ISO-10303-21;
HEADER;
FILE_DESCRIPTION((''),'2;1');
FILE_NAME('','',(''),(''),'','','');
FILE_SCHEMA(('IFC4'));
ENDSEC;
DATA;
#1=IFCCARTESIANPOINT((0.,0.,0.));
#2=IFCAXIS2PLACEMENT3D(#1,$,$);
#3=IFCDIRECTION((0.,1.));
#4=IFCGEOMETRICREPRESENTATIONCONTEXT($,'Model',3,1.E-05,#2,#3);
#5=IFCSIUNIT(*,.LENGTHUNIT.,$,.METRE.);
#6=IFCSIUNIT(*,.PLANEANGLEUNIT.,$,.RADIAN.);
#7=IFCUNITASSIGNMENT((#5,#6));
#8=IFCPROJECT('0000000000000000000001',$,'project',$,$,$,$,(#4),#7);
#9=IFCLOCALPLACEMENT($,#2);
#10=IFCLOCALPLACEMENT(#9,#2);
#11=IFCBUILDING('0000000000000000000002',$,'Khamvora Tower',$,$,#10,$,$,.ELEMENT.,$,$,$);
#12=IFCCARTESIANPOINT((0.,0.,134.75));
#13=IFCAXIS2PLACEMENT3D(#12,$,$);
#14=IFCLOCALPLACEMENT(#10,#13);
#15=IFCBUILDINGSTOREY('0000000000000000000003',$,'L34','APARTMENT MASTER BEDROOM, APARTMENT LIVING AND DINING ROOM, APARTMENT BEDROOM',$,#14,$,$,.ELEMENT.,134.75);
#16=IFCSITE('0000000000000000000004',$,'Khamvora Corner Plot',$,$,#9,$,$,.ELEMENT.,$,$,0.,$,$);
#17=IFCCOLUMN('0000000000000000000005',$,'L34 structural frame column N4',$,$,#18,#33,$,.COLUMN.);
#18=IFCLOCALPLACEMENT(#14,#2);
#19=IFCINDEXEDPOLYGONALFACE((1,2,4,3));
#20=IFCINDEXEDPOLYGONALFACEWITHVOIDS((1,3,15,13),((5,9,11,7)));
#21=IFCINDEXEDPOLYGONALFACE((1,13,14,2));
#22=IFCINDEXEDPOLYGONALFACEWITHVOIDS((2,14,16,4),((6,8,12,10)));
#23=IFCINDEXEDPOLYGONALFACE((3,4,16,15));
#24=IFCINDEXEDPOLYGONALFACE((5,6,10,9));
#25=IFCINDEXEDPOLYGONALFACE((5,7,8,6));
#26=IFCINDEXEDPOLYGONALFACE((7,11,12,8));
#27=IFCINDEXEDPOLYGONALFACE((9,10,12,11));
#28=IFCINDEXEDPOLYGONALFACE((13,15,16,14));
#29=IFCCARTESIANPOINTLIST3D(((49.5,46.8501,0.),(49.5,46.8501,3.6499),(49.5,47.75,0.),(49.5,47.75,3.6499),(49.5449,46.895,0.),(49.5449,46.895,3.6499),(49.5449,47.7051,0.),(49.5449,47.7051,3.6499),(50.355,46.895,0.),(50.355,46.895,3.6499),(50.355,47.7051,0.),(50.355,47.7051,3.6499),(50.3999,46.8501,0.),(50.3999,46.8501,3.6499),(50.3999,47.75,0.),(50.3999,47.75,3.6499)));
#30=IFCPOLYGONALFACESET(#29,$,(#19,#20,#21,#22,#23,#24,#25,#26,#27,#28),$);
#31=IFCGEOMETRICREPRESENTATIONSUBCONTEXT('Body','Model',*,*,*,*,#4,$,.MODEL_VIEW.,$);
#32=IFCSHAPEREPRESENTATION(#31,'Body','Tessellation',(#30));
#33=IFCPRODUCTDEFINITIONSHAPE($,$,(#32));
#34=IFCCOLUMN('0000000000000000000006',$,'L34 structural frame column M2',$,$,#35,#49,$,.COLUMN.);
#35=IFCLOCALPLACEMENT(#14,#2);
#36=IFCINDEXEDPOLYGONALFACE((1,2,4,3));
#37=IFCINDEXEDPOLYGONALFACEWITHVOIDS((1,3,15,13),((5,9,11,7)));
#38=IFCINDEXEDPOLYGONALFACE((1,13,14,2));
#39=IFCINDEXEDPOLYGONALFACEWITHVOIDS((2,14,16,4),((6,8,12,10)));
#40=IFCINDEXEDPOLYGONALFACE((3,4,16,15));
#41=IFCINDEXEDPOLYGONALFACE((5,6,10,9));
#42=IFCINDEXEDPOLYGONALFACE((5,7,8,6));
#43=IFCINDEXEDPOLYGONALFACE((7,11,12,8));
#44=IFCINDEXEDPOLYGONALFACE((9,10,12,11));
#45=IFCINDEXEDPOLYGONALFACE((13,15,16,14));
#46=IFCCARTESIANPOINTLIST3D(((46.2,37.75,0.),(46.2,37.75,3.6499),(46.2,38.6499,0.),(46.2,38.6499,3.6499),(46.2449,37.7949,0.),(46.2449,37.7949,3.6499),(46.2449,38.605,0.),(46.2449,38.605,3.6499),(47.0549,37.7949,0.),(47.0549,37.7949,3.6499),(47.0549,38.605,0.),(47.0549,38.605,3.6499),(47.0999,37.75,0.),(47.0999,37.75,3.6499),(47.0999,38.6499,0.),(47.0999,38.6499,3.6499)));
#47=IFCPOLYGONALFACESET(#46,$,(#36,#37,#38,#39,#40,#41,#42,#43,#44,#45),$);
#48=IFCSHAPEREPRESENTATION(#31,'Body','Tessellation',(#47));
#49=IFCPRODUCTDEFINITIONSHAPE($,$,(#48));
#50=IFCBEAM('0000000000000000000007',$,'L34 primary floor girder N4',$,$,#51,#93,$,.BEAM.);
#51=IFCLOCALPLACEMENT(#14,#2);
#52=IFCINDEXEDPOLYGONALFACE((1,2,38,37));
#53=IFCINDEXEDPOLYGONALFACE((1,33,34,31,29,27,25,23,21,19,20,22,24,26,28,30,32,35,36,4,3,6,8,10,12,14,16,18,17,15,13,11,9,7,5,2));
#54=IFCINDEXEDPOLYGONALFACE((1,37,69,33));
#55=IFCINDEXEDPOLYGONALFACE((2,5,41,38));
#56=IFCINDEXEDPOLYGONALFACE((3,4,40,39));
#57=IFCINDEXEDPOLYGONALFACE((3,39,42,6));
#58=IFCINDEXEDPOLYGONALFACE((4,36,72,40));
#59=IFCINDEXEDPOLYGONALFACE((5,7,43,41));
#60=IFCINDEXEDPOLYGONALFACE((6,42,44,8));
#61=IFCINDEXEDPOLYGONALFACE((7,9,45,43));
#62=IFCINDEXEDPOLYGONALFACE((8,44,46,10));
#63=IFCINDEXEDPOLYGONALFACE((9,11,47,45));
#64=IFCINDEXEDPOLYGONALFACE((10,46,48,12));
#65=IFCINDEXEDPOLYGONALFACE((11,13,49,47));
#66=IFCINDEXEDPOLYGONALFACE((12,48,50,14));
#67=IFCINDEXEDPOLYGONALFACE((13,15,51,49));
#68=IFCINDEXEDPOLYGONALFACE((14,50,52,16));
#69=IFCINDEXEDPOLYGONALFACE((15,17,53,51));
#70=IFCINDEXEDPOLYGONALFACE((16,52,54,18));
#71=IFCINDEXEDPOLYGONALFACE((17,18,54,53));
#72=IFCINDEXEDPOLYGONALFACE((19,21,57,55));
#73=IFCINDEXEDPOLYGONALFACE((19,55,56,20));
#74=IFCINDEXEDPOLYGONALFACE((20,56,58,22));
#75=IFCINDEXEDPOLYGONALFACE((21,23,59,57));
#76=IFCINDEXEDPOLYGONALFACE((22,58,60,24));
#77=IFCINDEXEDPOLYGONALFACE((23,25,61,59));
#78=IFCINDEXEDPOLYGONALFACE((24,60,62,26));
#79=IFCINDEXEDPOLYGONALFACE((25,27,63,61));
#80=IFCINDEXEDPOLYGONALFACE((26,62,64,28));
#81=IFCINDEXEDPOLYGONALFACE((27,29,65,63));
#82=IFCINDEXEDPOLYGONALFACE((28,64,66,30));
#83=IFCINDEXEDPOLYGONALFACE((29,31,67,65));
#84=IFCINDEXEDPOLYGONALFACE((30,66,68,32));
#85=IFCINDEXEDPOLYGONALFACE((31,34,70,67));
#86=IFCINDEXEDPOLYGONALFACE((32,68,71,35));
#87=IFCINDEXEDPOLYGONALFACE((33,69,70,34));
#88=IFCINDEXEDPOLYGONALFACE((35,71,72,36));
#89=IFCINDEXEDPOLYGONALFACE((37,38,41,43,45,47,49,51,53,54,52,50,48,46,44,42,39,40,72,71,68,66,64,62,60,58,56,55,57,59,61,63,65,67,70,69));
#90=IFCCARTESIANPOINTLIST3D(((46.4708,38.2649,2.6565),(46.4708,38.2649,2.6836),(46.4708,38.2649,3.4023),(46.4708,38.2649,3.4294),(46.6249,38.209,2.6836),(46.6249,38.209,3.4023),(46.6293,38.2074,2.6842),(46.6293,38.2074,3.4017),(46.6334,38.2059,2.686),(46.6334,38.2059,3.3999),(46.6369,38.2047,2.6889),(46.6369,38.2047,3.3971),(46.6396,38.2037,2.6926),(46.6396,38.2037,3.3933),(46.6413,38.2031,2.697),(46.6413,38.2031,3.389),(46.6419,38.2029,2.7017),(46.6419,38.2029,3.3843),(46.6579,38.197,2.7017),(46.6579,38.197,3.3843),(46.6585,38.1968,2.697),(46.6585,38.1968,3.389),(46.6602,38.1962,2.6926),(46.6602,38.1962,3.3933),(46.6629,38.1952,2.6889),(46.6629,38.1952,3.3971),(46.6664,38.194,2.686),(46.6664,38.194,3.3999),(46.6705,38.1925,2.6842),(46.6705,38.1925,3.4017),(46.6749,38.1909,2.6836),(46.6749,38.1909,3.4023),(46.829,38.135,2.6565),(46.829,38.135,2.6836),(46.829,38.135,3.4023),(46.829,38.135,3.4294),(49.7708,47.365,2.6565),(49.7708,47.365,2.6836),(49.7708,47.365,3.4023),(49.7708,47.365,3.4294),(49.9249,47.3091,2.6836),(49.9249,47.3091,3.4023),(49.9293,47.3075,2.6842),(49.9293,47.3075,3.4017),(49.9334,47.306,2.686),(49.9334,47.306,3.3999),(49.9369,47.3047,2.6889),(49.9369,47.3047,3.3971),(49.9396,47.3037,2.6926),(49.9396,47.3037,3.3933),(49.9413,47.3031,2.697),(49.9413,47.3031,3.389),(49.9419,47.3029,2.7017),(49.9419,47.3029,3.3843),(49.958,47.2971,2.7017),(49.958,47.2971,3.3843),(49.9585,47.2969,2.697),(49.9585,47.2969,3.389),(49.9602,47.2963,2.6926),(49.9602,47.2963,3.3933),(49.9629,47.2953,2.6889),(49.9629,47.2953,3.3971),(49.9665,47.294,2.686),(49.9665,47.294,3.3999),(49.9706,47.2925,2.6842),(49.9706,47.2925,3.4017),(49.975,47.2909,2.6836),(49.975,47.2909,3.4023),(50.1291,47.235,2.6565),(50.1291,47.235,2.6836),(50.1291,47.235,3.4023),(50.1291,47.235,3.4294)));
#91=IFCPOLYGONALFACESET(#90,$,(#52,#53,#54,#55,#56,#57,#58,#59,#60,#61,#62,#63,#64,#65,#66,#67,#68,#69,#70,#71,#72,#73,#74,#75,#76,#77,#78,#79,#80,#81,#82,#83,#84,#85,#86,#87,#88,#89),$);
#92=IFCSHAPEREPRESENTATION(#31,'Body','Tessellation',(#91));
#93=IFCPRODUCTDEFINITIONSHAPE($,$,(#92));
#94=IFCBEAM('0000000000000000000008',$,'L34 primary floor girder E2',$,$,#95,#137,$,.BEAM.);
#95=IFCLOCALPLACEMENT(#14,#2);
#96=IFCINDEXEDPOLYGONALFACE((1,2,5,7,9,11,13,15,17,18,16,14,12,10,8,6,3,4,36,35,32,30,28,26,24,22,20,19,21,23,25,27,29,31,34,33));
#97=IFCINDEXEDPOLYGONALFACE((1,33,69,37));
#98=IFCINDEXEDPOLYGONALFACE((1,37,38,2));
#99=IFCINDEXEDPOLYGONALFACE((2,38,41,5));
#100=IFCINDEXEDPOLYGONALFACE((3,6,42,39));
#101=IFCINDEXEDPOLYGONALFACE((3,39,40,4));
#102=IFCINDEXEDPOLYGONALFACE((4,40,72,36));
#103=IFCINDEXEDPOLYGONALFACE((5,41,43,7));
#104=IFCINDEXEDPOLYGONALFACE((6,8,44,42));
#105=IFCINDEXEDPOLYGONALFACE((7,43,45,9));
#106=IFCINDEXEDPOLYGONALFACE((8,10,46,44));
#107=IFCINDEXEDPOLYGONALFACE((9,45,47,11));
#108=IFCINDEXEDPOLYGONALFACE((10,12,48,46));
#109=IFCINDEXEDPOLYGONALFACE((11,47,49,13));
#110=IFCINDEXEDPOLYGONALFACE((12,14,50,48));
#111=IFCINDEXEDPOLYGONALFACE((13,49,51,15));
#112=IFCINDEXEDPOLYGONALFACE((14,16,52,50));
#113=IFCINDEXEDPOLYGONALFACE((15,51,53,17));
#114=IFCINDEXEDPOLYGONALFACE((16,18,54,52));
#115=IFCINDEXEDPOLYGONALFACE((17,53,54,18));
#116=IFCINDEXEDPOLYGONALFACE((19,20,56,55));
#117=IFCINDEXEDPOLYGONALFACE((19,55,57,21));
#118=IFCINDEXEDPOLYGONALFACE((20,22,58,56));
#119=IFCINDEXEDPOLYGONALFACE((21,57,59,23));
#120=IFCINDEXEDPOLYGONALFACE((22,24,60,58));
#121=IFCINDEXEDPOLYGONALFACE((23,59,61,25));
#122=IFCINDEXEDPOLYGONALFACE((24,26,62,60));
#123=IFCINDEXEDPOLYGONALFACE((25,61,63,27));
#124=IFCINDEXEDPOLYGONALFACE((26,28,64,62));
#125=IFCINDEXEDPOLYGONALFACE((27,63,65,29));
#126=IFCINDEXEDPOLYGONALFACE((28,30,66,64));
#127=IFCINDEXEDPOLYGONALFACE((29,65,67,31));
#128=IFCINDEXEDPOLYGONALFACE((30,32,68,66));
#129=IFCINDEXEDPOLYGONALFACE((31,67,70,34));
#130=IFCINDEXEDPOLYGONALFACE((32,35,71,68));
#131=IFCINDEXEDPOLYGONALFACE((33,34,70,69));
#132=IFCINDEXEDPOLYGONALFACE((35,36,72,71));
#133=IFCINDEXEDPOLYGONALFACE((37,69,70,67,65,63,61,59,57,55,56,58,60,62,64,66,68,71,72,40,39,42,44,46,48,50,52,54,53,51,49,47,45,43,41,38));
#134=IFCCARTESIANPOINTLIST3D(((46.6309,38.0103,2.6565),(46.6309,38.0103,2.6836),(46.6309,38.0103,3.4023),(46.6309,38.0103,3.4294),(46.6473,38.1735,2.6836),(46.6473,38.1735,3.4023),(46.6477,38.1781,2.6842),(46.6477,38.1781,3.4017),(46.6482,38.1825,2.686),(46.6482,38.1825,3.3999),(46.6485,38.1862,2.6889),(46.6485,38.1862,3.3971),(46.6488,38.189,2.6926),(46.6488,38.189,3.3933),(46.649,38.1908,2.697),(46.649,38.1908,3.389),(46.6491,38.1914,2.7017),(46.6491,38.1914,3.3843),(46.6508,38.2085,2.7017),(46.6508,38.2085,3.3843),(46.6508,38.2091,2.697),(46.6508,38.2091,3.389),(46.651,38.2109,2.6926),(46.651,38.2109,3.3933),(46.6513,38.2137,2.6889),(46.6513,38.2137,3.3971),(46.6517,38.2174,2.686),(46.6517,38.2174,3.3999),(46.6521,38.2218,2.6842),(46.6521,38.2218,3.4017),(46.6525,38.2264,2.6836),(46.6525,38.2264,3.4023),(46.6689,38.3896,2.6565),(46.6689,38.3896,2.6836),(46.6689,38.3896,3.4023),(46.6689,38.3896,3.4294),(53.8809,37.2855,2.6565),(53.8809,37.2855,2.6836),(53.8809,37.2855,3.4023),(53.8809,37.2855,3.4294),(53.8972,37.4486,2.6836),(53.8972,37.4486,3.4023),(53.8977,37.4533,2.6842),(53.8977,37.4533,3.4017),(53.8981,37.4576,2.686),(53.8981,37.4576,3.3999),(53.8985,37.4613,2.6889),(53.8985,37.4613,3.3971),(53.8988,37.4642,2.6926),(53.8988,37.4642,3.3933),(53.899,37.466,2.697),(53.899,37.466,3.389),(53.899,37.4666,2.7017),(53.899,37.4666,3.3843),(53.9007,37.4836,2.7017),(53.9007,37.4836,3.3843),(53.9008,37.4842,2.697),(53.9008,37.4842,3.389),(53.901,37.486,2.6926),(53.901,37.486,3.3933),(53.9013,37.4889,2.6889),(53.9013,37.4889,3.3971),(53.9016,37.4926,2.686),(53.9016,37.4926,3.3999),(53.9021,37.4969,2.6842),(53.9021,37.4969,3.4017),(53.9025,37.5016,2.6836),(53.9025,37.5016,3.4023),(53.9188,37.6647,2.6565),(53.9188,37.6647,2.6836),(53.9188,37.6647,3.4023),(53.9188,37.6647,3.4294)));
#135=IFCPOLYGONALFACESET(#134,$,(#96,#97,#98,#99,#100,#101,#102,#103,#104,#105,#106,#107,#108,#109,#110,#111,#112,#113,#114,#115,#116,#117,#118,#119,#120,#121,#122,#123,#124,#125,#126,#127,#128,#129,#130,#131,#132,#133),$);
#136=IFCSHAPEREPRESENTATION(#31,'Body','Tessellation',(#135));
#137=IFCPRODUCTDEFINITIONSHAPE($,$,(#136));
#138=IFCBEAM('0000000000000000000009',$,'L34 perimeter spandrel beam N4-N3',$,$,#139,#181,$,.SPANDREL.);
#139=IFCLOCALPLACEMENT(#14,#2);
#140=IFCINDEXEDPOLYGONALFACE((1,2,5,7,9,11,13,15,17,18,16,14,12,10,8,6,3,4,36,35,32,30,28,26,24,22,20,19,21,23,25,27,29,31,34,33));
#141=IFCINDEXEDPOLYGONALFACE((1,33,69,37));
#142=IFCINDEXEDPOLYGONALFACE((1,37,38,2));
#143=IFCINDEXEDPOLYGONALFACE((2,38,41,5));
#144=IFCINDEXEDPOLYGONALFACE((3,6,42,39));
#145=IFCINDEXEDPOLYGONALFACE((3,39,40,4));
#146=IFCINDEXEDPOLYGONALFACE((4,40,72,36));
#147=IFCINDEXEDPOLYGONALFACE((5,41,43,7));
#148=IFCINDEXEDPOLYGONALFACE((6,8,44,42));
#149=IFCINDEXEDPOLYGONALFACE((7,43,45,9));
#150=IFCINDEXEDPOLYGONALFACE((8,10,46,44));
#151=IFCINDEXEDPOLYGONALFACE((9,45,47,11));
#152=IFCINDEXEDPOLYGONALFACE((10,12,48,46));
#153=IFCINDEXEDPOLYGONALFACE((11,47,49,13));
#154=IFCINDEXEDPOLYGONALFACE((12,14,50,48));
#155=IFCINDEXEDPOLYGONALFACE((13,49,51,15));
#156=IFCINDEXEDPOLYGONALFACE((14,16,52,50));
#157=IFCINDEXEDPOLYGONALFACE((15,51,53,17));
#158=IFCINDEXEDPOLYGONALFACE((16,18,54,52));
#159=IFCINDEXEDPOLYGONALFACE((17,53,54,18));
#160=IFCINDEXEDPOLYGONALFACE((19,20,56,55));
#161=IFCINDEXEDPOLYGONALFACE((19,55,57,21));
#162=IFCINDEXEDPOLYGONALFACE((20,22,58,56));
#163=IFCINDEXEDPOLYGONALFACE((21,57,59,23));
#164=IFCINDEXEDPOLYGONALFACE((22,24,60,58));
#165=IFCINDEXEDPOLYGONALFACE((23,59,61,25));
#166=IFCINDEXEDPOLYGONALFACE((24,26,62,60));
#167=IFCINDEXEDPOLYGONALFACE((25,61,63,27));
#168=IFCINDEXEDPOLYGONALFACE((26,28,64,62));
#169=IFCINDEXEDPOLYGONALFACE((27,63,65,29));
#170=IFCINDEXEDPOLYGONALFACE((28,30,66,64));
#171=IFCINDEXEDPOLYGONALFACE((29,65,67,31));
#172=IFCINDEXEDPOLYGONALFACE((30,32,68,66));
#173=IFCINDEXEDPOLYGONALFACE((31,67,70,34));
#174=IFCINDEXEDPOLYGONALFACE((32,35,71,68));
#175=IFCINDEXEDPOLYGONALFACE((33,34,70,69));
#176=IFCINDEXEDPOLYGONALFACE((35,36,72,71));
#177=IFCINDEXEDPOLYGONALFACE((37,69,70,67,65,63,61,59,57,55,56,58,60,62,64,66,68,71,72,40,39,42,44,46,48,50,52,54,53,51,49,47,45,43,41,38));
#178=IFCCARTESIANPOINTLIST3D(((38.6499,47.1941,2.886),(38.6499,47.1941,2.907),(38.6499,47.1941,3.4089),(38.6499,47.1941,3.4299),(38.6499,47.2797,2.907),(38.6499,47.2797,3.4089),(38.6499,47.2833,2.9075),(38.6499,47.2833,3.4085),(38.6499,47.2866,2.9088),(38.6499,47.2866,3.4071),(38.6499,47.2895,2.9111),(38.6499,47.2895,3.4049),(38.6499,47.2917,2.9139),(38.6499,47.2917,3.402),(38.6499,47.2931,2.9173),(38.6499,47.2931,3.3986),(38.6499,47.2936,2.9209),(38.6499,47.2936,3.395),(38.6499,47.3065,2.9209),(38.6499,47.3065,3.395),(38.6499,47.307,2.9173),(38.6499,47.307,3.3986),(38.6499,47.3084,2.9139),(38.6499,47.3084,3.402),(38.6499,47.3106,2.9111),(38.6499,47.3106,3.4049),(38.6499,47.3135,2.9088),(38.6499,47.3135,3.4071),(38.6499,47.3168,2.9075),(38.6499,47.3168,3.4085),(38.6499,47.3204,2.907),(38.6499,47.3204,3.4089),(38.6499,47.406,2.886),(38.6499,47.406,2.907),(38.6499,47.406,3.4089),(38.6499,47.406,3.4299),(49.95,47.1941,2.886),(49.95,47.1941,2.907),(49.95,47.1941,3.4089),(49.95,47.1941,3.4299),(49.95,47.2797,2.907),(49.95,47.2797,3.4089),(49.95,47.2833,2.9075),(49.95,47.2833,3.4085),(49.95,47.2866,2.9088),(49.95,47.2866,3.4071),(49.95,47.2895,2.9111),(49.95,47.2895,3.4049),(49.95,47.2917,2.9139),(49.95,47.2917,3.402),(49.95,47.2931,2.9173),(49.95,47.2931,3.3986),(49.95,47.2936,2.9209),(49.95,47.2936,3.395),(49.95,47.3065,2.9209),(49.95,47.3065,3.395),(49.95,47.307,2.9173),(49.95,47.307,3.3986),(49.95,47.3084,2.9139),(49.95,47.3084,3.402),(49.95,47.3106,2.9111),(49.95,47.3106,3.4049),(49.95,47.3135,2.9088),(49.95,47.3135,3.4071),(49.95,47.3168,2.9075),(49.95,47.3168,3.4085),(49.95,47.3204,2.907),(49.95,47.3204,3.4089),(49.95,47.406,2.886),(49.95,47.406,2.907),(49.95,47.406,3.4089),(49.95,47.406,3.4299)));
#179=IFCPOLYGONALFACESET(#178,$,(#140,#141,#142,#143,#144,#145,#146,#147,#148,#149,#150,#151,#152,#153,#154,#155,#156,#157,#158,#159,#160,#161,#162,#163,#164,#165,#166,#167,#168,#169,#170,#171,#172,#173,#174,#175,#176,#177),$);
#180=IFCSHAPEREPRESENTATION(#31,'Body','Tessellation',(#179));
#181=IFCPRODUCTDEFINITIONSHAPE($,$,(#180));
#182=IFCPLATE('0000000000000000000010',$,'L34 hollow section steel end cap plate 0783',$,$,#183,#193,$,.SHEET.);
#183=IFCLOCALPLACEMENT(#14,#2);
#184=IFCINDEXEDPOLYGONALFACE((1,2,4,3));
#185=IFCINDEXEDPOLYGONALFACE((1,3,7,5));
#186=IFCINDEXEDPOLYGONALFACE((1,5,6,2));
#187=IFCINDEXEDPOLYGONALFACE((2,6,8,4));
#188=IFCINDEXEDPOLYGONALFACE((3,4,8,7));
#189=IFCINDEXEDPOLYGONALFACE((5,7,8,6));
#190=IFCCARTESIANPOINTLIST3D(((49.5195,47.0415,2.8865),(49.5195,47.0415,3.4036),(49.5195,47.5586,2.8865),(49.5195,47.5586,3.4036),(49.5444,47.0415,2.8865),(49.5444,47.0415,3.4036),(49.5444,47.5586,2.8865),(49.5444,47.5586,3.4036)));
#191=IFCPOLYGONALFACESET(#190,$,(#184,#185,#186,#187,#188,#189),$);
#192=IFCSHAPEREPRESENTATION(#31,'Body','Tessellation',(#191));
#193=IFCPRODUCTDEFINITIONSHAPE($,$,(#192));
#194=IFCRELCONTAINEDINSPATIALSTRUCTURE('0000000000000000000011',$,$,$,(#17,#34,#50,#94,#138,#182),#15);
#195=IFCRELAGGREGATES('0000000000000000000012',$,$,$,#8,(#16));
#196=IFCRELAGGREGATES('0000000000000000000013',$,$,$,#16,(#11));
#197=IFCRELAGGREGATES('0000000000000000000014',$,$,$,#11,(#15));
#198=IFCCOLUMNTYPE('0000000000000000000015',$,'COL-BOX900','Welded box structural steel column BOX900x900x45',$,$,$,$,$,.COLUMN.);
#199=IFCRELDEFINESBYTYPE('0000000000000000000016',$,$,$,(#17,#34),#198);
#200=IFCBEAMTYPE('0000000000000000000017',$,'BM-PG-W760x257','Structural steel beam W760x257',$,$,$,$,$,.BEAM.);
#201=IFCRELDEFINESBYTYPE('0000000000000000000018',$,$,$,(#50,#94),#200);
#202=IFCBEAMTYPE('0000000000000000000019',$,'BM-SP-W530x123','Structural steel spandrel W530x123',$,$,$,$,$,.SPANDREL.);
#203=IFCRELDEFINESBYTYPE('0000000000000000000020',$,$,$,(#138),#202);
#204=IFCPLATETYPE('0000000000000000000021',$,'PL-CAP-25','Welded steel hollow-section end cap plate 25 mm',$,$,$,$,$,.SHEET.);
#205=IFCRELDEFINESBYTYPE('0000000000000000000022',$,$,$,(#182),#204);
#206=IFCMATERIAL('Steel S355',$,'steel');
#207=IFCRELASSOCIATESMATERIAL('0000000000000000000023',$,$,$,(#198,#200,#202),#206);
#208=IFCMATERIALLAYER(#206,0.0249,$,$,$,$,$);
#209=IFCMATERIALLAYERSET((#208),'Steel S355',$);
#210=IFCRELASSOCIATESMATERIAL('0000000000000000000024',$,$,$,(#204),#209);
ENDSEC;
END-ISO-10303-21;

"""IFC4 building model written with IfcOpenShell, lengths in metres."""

from ifc_helpers import new_model, si_unit, direction, frame, origin, origin_2d, place, context, subcontext, project, spatial, rectangle, hollow_rectangle, i_section, extrude, material, layer, layer_set, material_profile, profile_set, type_object, element, save


model = new_model("IFC4")

# Units and contexts
model_context = context("Model", 3, precision=1e-05, world=origin(), true_north=direction((0.0, 1.0)))
body_context = subcontext(model_context, "Body", "Model", "MODEL_VIEW")
ifc_project = project(units=[si_unit("LENGTHUNIT", "METRE"), si_unit("PLANEANGLEUNIT", "RADIAN")], contexts=[model_context])

# Site, building, storey
site_placement = place(None, origin())
site = spatial("IfcSite", under=ifc_project, at=site_placement, Name="Khamvora Corner Plot", CompositionType="ELEMENT", RefElevation=0.0)
building_placement = place(site_placement, origin())
building = spatial("IfcBuilding", under=site, at=building_placement, Name="Khamvora Tower", CompositionType="ELEMENT")
storey_placement = place(building_placement, frame((0.0, 0.0, 134.75)))
storey = spatial("IfcBuildingStorey", under=building, at=storey_placement, Name="L34", Description="APARTMENT MASTER BEDROOM, APARTMENT LIVING AND DINING ROOM, APARTMENT BEDROOM", CompositionType="ELEMENT", Elevation=134.75)

# Columns
ifc_material_1 = material(Name="Steel S355", Category="steel")
ifc_material_profile_1 = material_profile(ifc_material_1, hollow_rectangle(XDim=0.8999, YDim=0.8999, WallThickness=0.0449, at=origin_2d()), Name="BOX900x900x45")
ifc_profile_set_1 = profile_set([ifc_material_profile_1], Name="Steel S355")
column_type = type_object("IfcColumnType", Name="COL-BOX900", Description="Welded box structural steel column BOX900x900x45", PredefinedType="COLUMN", material=ifc_profile_set_1)
for number, where, z_axis, x_axis, name in (
    (1, (49.95, 47.3, 0.0), (0.0, 0.0, 1.0), (1.0, 0.0, 0.0), "L34 structural frame column N4"),
    (2, (46.6499, 38.2, 0.0), (0.0, 0.0, 1.0), (1.0, 0.0, 0.0), "L34 structural frame column M2"),
):
    element("IfcColumn", number, at=place(storey_placement, frame(where, z_axis=z_axis, x_axis=x_axis)), inside=storey, type_object=column_type, Name=name, PredefinedType="COLUMN", context=body_context, shape_type="SweptSolid", body=[
        extrude(hollow_rectangle(XDim=0.8999, YDim=0.8999, WallThickness=0.0449, at=origin_2d()), origin(), (0.0, 0.0, 1.0), 3.6499),
    ])

# Beams
ifc_material_profile_2 = material_profile(ifc_material_1, i_section(OverallWidth=0.3811, OverallDepth=0.7729, WebThickness=0.0171, FlangeThickness=0.0271, FilletRadius=0.0181, at=origin_2d()), Name="W760x257")
ifc_profile_set_2 = profile_set([ifc_material_profile_2], Name="Steel S355")
beam_type_1 = type_object("IfcBeamType", Name="BM-PG-W760x257", Description="Structural steel beam W760x257", PredefinedType="BEAM", material=ifc_profile_set_2)
beam_1_placement = place(storey_placement, frame((46.6499, 38.2, 3.043), z_axis=(0.340915, 0.940094, 0.0), x_axis=(-0.940094, 0.340915, 0.0)))
element("IfcBeam", 3, at=beam_1_placement, inside=storey, type_object=beam_type_1, Name="L34 primary floor girder N4", PredefinedType="BEAM", context=body_context, shape_type="SweptSolid", body=[
    extrude(i_section(OverallWidth=0.3811, OverallDepth=0.7729, WebThickness=0.0171, FlangeThickness=0.0271, FilletRadius=0.0181, at=origin_2d()), origin(), (0.0, 0.0, 1.0), 9.6799),
])
beam_2_placement = place(storey_placement, frame((46.6499, 38.2, 3.043), z_axis=(0.995039, -0.099484, 0.0), x_axis=(0.099484, 0.995039, 0.0)))
element("IfcBeam", 4, at=beam_2_placement, inside=storey, type_object=beam_type_1, Name="L34 primary floor girder E2", PredefinedType="BEAM", context=body_context, shape_type="SweptSolid", body=[
    extrude(i_section(OverallWidth=0.3811, OverallDepth=0.7729, WebThickness=0.0171, FlangeThickness=0.0271, FilletRadius=0.0181, at=origin_2d()), origin(), (0.0, 0.0, 1.0), 7.2861),
])
ifc_material_profile_3 = material_profile(ifc_material_1, i_section(OverallWidth=0.2119, OverallDepth=0.5439, WebThickness=0.0129, FlangeThickness=0.021, FilletRadius=0.0139, at=origin_2d()), Name="W530x123")
ifc_profile_set_3 = profile_set([ifc_material_profile_3], Name="Steel S355")
beam_type_2 = type_object("IfcBeamType", Name="BM-SP-W530x123", Description="Structural steel spandrel W530x123", PredefinedType="SPANDREL", material=ifc_profile_set_3)
beam_3_placement = place(storey_placement, frame((49.95, 47.3, 3.158), z_axis=(-1.0, 0.0, 0.0), x_axis=(0.0, -1.0, 0.0)))
element("IfcBeam", 5, at=beam_3_placement, inside=storey, type_object=beam_type_2, Name="L34 perimeter spandrel beam N4-N3", PredefinedType="SPANDREL", context=body_context, shape_type="SweptSolid", body=[
    extrude(i_section(OverallWidth=0.2119, OverallDepth=0.5439, WebThickness=0.0129, FlangeThickness=0.021, FilletRadius=0.0139, at=origin_2d()), origin(), (0.0, 0.0, 1.0), 11.3),
])

# Plate
ifc_layer_1 = layer(ifc_material_1, 0.0249)
ifc_layer_set_1 = layer_set([ifc_layer_1], Name="Steel S355")
plate_type_1 = type_object("IfcPlateType", Name="PL-CAP-25", Description="Welded steel hollow-section end cap plate 25 mm", PredefinedType="SHEET", material=ifc_layer_set_1)
plate_1_placement = place(storey_placement, frame((49.532, 47.3, 2.8865), z_axis=(0.0, 0.0, 1.0), x_axis=(1.0, 0.0, 0.0)))
element("IfcPlate", 6, at=plate_1_placement, inside=storey, type_object=plate_type_1, Name="L34 hollow section steel end cap plate 0783", PredefinedType="SHEET", context=body_context, shape_type="SweptSolid", body=[
    extrude(rectangle(XDim=0.0249, YDim=0.5171, at=origin_2d()), origin(), (0.0, 0.0, 1.0), 0.5171),
])

save(model, "model.ifc")
